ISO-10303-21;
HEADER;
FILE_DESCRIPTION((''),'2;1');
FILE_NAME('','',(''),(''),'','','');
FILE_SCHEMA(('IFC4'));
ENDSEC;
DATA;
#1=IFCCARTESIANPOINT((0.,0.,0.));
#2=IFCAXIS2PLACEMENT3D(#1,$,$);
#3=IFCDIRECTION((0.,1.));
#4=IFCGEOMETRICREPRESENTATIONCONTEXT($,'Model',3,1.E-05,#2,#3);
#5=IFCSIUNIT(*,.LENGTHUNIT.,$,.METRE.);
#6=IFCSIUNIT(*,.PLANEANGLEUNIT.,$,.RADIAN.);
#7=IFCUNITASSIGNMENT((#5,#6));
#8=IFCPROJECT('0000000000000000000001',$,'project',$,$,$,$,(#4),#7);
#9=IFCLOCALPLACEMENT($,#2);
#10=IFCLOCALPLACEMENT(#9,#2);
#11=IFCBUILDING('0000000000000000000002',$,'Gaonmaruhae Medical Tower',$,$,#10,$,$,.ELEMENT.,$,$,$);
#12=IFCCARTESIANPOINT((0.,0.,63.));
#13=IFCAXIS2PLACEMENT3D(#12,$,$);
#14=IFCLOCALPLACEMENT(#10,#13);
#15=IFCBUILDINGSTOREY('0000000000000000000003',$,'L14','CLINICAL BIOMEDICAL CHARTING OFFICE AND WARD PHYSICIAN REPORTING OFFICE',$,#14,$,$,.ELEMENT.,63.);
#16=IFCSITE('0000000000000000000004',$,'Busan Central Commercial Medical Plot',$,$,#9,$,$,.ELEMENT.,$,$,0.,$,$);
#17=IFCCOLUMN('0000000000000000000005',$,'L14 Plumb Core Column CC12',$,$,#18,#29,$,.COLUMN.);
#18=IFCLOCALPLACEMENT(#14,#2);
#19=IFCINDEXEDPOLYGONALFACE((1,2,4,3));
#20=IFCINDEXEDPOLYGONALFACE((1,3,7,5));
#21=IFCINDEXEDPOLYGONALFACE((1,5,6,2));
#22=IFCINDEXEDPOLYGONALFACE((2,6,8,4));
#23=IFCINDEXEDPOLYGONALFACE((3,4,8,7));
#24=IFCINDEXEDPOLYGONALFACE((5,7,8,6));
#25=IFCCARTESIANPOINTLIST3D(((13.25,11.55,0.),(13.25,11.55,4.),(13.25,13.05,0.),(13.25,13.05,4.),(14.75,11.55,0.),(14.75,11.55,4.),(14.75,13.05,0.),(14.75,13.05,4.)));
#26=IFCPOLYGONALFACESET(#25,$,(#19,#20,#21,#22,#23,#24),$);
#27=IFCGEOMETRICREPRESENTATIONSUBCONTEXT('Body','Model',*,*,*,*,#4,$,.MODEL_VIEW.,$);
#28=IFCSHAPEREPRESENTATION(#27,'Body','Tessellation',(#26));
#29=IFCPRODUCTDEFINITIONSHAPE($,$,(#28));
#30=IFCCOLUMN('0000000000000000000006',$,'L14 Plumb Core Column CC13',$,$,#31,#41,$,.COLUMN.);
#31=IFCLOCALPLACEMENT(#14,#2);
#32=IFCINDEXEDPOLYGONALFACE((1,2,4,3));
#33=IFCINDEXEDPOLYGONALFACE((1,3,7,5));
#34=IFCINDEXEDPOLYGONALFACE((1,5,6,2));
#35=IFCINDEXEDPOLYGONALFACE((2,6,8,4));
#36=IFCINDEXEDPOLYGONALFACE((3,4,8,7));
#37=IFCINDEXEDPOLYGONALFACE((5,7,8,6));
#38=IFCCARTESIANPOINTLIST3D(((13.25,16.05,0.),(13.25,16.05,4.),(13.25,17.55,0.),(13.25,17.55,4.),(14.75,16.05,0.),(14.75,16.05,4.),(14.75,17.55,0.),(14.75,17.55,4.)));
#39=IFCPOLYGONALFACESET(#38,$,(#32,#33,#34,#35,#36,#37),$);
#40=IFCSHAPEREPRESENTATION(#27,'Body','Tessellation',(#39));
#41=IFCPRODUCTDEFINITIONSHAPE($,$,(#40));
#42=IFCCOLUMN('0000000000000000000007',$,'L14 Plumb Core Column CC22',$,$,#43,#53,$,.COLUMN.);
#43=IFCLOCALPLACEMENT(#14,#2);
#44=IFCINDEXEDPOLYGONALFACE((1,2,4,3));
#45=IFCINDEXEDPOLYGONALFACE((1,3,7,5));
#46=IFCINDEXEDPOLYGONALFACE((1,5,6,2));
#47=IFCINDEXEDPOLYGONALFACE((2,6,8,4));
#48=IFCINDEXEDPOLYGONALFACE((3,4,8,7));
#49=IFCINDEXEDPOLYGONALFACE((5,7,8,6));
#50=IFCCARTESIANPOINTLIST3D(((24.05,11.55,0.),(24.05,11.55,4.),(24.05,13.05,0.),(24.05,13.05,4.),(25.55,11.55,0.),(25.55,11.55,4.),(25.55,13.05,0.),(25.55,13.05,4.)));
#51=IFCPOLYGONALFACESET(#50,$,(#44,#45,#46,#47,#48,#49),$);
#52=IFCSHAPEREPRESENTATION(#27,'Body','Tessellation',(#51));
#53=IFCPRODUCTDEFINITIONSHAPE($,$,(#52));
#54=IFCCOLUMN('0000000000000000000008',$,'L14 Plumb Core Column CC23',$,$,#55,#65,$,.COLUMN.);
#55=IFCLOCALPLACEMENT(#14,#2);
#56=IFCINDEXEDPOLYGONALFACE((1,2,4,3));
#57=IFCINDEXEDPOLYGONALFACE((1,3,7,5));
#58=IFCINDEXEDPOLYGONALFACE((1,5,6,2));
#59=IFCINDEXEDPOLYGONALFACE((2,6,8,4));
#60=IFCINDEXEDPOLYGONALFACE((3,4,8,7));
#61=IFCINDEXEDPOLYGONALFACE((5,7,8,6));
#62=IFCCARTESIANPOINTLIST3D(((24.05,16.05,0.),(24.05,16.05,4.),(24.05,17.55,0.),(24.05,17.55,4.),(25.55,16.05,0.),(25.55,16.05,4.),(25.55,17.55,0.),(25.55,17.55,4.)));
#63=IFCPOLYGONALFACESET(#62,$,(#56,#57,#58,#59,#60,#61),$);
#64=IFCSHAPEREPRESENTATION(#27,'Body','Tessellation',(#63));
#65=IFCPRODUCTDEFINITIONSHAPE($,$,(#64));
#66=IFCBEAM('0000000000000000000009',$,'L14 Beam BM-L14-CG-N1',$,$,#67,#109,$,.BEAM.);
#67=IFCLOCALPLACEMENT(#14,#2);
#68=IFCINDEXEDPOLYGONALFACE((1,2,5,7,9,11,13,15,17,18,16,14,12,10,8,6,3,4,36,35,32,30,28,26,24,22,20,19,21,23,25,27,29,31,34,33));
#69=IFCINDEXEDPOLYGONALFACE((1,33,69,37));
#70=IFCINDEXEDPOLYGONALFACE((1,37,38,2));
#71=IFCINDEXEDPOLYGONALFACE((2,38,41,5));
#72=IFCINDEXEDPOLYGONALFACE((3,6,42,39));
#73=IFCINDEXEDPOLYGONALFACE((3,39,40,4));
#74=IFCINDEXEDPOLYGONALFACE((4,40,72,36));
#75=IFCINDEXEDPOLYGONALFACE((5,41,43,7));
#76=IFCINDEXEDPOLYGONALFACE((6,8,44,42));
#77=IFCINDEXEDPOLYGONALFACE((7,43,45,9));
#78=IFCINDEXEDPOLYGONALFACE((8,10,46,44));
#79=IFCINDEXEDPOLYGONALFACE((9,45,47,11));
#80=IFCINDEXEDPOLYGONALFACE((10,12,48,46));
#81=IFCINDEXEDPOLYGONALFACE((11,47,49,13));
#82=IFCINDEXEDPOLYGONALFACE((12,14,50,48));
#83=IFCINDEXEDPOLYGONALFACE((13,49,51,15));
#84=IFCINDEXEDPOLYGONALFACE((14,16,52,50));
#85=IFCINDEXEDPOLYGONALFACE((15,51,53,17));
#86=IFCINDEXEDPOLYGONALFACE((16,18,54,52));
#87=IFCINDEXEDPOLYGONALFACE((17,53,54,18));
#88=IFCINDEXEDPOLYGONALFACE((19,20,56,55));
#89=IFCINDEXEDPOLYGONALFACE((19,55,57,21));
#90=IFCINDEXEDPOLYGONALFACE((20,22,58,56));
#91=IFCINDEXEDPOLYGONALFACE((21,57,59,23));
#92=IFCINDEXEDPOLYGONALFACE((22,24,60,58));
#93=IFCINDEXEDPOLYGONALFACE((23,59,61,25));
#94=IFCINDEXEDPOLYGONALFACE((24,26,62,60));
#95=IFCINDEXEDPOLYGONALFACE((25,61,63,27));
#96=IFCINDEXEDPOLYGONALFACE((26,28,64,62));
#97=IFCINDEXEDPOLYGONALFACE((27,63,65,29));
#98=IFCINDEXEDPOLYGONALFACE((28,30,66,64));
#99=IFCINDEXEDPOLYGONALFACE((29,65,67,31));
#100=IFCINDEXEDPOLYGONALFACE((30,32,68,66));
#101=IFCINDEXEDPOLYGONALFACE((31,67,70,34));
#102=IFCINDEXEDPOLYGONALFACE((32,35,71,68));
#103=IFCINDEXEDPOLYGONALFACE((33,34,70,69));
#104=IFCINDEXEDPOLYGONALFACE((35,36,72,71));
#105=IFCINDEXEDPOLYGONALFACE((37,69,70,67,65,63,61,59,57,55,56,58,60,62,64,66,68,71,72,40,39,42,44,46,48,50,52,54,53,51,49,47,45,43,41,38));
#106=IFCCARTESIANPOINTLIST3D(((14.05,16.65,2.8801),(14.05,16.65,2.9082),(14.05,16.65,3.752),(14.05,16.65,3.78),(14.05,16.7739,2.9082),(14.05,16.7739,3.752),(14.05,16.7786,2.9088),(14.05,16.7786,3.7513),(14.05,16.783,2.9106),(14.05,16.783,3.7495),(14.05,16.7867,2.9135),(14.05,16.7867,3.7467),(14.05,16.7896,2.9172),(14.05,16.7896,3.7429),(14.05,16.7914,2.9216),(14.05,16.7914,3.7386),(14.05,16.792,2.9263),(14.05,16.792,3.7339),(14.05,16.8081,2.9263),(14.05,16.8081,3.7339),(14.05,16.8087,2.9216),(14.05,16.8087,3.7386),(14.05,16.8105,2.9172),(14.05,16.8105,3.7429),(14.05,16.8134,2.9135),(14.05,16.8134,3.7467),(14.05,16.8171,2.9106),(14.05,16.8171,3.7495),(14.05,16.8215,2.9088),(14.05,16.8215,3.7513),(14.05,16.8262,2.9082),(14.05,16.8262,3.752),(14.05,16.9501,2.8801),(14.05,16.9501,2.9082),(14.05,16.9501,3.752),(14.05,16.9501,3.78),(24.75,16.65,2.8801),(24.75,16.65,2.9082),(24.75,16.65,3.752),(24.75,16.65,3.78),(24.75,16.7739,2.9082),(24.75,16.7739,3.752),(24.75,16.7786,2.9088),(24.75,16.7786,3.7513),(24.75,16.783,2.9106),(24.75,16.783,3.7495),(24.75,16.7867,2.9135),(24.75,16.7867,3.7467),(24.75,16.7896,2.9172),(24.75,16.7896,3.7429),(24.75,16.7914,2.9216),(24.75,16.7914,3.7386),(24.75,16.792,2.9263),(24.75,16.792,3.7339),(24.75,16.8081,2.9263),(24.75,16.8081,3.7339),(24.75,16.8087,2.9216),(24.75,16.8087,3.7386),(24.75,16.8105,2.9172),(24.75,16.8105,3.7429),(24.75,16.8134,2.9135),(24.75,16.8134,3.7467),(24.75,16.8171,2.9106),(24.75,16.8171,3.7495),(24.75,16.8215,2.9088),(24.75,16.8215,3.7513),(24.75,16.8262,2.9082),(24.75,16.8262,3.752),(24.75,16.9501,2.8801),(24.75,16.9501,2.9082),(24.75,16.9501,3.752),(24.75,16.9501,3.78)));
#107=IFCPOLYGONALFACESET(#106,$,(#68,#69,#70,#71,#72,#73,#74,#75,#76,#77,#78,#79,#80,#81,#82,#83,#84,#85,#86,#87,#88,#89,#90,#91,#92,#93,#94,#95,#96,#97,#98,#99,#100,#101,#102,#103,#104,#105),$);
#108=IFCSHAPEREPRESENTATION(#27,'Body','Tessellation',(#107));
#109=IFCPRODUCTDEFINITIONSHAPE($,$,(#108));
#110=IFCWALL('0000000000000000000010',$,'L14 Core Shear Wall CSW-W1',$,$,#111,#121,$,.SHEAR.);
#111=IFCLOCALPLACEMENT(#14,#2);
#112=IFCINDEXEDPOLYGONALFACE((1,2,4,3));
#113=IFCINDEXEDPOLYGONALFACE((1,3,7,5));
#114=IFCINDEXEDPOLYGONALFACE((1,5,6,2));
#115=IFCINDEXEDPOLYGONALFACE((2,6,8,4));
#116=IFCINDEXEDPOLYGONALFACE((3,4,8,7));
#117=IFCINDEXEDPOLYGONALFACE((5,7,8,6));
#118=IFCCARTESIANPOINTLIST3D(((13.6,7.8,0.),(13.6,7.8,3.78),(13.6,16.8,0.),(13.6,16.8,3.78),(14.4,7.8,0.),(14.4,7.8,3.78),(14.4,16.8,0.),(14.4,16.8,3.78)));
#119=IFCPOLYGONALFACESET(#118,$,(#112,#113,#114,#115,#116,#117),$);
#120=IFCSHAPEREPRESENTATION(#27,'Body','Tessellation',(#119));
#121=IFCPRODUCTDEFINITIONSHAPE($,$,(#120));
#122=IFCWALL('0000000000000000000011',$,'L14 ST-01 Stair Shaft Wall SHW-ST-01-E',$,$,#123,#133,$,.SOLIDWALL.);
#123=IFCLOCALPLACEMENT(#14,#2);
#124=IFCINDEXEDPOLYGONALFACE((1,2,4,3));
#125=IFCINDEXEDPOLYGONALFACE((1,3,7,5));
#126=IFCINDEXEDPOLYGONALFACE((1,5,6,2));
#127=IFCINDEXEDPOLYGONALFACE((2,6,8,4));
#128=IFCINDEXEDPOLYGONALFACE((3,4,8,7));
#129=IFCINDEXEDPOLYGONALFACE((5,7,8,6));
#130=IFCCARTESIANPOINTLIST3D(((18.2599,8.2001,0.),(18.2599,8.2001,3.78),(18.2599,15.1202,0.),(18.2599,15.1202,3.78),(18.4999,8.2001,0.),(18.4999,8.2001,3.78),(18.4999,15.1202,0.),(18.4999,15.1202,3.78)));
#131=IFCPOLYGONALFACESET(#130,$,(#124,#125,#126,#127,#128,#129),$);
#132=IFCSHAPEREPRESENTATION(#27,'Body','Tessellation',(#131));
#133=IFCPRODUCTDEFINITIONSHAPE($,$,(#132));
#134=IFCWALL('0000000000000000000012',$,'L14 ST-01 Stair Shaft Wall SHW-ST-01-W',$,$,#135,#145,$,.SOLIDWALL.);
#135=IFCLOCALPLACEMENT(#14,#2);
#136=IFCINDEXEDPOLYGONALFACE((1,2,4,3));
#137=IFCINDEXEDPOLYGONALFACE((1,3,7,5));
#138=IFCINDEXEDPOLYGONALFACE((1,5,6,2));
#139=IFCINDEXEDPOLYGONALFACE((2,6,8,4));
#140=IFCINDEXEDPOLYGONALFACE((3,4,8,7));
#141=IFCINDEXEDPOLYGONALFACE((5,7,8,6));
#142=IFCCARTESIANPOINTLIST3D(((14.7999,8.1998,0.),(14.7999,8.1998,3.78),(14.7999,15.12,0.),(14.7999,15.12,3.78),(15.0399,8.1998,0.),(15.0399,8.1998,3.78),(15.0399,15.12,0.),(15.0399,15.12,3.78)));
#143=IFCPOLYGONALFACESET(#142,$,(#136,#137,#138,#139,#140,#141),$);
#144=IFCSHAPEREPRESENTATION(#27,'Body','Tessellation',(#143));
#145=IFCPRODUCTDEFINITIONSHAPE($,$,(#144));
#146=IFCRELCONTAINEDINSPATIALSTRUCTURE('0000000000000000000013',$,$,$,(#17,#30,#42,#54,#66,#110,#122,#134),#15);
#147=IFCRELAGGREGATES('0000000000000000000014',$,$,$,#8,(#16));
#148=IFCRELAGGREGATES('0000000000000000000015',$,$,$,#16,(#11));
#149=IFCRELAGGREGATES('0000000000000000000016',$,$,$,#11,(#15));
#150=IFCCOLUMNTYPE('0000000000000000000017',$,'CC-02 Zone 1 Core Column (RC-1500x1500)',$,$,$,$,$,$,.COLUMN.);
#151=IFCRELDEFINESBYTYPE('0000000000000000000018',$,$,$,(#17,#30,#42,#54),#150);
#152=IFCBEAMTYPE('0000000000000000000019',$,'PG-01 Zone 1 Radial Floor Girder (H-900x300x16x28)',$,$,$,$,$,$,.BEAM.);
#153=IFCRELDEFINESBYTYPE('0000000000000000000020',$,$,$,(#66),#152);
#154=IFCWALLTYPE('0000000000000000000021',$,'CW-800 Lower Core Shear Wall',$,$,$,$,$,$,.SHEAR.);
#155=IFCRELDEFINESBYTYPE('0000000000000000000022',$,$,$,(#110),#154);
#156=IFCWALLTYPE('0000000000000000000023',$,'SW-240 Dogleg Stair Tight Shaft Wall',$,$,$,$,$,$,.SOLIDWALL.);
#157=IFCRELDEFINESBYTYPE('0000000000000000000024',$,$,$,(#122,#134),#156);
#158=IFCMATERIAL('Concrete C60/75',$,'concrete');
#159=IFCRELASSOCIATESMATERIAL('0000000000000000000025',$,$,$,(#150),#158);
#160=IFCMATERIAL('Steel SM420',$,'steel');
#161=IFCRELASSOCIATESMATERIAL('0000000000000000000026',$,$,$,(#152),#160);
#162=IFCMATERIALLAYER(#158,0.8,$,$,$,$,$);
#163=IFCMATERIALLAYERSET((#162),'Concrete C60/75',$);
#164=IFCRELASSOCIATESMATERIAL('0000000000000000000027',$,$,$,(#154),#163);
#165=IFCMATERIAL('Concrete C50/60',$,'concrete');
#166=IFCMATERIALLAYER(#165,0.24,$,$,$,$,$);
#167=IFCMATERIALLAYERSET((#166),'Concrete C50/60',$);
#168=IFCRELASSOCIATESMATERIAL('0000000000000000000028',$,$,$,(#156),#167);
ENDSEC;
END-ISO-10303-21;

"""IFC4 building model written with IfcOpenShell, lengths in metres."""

from ifc_helpers import new_model, si_unit, direction, frame, frame_2d, origin, origin_2d, place, context, subcontext, project, spatial, rectangle, i_section, extrude, material, layer, layer_set, material_profile, profile_set, type_object, element, save


model = new_model("IFC4")

# Units and contexts
model_context = context("Model", 3, precision=1e-05, world=origin(), true_north=direction((0.0, 1.0)))
body_context = subcontext(model_context, "Body", "Model", "MODEL_VIEW")
ifc_project = project(units=[si_unit("LENGTHUNIT", "METRE"), si_unit("PLANEANGLEUNIT", "RADIAN")], contexts=[model_context])

# Site, building, storey
site_placement = place(None, origin())
site = spatial("IfcSite", under=ifc_project, at=site_placement, Name="Busan Central Commercial Medical Plot", CompositionType="ELEMENT", RefElevation=0.0)
building_placement = place(site_placement, origin())
building = spatial("IfcBuilding", under=site, at=building_placement, Name="Gaonmaruhae Medical Tower", CompositionType="ELEMENT")
storey_placement = place(building_placement, frame((0.0, 0.0, 63.0)))
storey = spatial("IfcBuildingStorey", under=building, at=storey_placement, Name="L14", Description="CLINICAL BIOMEDICAL CHARTING OFFICE AND WARD PHYSICIAN REPORTING OFFICE", CompositionType="ELEMENT", Elevation=63.0)

# Columns
ifc_material_1 = material(Name="Concrete C60/75", Category="concrete")
ifc_material_profile_1 = material_profile(ifc_material_1, rectangle(XDim=1.5, YDim=1.5, at=origin_2d()), Name="RC-1500x1500")
ifc_profile_set_1 = profile_set([ifc_material_profile_1], Name="Concrete C60/75")
column_type = type_object("IfcColumnType", Name="CC-02 Zone 1 Core Column (RC-1500x1500)", PredefinedType="COLUMN", material=ifc_profile_set_1)
for number, where, z_axis, x_axis, name in (
    (1, (14.0, 12.3, 0.0), (0.0, 0.0, 1.0), (1.0, 0.0, 0.0), "L14 Plumb Core Column CC12"),
    (2, (14.0, 16.8, 0.0), (0.0, 0.0, 1.0), (1.0, 0.0, 0.0), "L14 Plumb Core Column CC13"),
    (3, (24.8, 12.3, 0.0), (0.0, 0.0, 1.0), (1.0, 0.0, 0.0), "L14 Plumb Core Column CC22"),
    (4, (24.8, 16.8, 0.0), (0.0, 0.0, 1.0), (1.0, 0.0, 0.0), "L14 Plumb Core Column CC23"),
):
    element("IfcColumn", number, at=place(storey_placement, frame(where, z_axis=z_axis, x_axis=x_axis)), inside=storey, type_object=column_type, Name=name, PredefinedType="COLUMN", context=body_context, shape_type="SweptSolid", body=[
        extrude(rectangle(XDim=1.5, YDim=1.5, at=origin_2d()), origin(), (0.0, 0.0, 1.0), 4.0),
    ])

# Beam
ifc_material_2 = material(Name="Steel SM420", Category="steel")
ifc_material_profile_2 = material_profile(ifc_material_2, i_section(OverallWidth=0.3, OverallDepth=0.8999, WebThickness=0.0161, FlangeThickness=0.0281, FilletRadius=0.0181, at=origin_2d()), Name="H-900x300x16x28")
ifc_profile_set_2 = profile_set([ifc_material_profile_2], Name="Steel SM420")
beam_type = type_object("IfcBeamType", Name="PG-01 Zone 1 Radial Floor Girder (H-900x300x16x28)", PredefinedType="BEAM", material=ifc_profile_set_2)
beam_placement = place(storey_placement, frame((14.05, 16.8, 3.3301), z_axis=(1.0, 0.0, 0.0), x_axis=(0.0, 1.0, 0.0)))
element("IfcBeam", 5, at=beam_placement, inside=storey, type_object=beam_type, Name="L14 Beam BM-L14-CG-N1", PredefinedType="BEAM", context=body_context, shape_type="SweptSolid", body=[
    extrude(i_section(OverallWidth=0.3, OverallDepth=0.8999, WebThickness=0.0161, FlangeThickness=0.0281, FilletRadius=0.0181, at=origin_2d()), origin(), (0.0, 0.0, 1.0), 10.7),
])

# Wall
ifc_layer_1 = layer(ifc_material_1, 0.8)
ifc_layer_set_1 = layer_set([ifc_layer_1], Name="Concrete C60/75")
wall_type_1 = type_object("IfcWallType", Name="CW-800 Lower Core Shear Wall", PredefinedType="SHEAR", material=ifc_layer_set_1)
wall_1_placement = place(storey_placement, frame((14.0, 16.8, 0.0), z_axis=(0.0, 0.0, 1.0), x_axis=(0.0, -1.0, 0.0)))
element("IfcWall", 6, at=wall_1_placement, inside=storey, type_object=wall_type_1, Name="L14 Core Shear Wall CSW-W1", PredefinedType="SHEAR", context=body_context, shape_type="SweptSolid", body=[
    extrude(rectangle(XDim=9.0, YDim=0.8, at=frame_2d((4.5, 0.0))), origin(), (0.0, 0.0, 1.0), 3.78),
])

# Shared definitions
ifc_material_3 = material(Name="Concrete C50/60", Category="concrete")
ifc_layer_2 = layer(ifc_material_3, 0.24)
ifc_layer_set_2 = layer_set([ifc_layer_2], Name="Concrete C50/60")
wall_type_2 = type_object("IfcWallType", Name="SW-240 Dogleg Stair Tight Shaft Wall", PredefinedType="SOLIDWALL", material=ifc_layer_set_2)

# Walls
for number, where, z_axis, x_axis, name in (
    (7, (18.3799, 15.1201, 0.0), (0.0, 0.0, 1.0), (0.0, -1.0, 0.0), "L14 ST-01 Stair Shaft Wall SHW-ST-01-E"),
    (8, (14.9199, 8.2, 0.0), (0.0, 0.0, 1.0), (0.0, 1.0, 0.0), "L14 ST-01 Stair Shaft Wall SHW-ST-01-W"),
):
    element("IfcWall", number, at=place(storey_placement, frame(where, z_axis=z_axis, x_axis=x_axis)), inside=storey, type_object=wall_type_2, Name=name, PredefinedType="SOLIDWALL", context=body_context, shape_type="SweptSolid", body=[
        extrude(rectangle(XDim=6.9202, YDim=0.24, at=frame_2d((3.46, 0.0))), origin(), (0.0, 0.0, 1.0), 3.78),
    ])

save(model, "model.ifc")
